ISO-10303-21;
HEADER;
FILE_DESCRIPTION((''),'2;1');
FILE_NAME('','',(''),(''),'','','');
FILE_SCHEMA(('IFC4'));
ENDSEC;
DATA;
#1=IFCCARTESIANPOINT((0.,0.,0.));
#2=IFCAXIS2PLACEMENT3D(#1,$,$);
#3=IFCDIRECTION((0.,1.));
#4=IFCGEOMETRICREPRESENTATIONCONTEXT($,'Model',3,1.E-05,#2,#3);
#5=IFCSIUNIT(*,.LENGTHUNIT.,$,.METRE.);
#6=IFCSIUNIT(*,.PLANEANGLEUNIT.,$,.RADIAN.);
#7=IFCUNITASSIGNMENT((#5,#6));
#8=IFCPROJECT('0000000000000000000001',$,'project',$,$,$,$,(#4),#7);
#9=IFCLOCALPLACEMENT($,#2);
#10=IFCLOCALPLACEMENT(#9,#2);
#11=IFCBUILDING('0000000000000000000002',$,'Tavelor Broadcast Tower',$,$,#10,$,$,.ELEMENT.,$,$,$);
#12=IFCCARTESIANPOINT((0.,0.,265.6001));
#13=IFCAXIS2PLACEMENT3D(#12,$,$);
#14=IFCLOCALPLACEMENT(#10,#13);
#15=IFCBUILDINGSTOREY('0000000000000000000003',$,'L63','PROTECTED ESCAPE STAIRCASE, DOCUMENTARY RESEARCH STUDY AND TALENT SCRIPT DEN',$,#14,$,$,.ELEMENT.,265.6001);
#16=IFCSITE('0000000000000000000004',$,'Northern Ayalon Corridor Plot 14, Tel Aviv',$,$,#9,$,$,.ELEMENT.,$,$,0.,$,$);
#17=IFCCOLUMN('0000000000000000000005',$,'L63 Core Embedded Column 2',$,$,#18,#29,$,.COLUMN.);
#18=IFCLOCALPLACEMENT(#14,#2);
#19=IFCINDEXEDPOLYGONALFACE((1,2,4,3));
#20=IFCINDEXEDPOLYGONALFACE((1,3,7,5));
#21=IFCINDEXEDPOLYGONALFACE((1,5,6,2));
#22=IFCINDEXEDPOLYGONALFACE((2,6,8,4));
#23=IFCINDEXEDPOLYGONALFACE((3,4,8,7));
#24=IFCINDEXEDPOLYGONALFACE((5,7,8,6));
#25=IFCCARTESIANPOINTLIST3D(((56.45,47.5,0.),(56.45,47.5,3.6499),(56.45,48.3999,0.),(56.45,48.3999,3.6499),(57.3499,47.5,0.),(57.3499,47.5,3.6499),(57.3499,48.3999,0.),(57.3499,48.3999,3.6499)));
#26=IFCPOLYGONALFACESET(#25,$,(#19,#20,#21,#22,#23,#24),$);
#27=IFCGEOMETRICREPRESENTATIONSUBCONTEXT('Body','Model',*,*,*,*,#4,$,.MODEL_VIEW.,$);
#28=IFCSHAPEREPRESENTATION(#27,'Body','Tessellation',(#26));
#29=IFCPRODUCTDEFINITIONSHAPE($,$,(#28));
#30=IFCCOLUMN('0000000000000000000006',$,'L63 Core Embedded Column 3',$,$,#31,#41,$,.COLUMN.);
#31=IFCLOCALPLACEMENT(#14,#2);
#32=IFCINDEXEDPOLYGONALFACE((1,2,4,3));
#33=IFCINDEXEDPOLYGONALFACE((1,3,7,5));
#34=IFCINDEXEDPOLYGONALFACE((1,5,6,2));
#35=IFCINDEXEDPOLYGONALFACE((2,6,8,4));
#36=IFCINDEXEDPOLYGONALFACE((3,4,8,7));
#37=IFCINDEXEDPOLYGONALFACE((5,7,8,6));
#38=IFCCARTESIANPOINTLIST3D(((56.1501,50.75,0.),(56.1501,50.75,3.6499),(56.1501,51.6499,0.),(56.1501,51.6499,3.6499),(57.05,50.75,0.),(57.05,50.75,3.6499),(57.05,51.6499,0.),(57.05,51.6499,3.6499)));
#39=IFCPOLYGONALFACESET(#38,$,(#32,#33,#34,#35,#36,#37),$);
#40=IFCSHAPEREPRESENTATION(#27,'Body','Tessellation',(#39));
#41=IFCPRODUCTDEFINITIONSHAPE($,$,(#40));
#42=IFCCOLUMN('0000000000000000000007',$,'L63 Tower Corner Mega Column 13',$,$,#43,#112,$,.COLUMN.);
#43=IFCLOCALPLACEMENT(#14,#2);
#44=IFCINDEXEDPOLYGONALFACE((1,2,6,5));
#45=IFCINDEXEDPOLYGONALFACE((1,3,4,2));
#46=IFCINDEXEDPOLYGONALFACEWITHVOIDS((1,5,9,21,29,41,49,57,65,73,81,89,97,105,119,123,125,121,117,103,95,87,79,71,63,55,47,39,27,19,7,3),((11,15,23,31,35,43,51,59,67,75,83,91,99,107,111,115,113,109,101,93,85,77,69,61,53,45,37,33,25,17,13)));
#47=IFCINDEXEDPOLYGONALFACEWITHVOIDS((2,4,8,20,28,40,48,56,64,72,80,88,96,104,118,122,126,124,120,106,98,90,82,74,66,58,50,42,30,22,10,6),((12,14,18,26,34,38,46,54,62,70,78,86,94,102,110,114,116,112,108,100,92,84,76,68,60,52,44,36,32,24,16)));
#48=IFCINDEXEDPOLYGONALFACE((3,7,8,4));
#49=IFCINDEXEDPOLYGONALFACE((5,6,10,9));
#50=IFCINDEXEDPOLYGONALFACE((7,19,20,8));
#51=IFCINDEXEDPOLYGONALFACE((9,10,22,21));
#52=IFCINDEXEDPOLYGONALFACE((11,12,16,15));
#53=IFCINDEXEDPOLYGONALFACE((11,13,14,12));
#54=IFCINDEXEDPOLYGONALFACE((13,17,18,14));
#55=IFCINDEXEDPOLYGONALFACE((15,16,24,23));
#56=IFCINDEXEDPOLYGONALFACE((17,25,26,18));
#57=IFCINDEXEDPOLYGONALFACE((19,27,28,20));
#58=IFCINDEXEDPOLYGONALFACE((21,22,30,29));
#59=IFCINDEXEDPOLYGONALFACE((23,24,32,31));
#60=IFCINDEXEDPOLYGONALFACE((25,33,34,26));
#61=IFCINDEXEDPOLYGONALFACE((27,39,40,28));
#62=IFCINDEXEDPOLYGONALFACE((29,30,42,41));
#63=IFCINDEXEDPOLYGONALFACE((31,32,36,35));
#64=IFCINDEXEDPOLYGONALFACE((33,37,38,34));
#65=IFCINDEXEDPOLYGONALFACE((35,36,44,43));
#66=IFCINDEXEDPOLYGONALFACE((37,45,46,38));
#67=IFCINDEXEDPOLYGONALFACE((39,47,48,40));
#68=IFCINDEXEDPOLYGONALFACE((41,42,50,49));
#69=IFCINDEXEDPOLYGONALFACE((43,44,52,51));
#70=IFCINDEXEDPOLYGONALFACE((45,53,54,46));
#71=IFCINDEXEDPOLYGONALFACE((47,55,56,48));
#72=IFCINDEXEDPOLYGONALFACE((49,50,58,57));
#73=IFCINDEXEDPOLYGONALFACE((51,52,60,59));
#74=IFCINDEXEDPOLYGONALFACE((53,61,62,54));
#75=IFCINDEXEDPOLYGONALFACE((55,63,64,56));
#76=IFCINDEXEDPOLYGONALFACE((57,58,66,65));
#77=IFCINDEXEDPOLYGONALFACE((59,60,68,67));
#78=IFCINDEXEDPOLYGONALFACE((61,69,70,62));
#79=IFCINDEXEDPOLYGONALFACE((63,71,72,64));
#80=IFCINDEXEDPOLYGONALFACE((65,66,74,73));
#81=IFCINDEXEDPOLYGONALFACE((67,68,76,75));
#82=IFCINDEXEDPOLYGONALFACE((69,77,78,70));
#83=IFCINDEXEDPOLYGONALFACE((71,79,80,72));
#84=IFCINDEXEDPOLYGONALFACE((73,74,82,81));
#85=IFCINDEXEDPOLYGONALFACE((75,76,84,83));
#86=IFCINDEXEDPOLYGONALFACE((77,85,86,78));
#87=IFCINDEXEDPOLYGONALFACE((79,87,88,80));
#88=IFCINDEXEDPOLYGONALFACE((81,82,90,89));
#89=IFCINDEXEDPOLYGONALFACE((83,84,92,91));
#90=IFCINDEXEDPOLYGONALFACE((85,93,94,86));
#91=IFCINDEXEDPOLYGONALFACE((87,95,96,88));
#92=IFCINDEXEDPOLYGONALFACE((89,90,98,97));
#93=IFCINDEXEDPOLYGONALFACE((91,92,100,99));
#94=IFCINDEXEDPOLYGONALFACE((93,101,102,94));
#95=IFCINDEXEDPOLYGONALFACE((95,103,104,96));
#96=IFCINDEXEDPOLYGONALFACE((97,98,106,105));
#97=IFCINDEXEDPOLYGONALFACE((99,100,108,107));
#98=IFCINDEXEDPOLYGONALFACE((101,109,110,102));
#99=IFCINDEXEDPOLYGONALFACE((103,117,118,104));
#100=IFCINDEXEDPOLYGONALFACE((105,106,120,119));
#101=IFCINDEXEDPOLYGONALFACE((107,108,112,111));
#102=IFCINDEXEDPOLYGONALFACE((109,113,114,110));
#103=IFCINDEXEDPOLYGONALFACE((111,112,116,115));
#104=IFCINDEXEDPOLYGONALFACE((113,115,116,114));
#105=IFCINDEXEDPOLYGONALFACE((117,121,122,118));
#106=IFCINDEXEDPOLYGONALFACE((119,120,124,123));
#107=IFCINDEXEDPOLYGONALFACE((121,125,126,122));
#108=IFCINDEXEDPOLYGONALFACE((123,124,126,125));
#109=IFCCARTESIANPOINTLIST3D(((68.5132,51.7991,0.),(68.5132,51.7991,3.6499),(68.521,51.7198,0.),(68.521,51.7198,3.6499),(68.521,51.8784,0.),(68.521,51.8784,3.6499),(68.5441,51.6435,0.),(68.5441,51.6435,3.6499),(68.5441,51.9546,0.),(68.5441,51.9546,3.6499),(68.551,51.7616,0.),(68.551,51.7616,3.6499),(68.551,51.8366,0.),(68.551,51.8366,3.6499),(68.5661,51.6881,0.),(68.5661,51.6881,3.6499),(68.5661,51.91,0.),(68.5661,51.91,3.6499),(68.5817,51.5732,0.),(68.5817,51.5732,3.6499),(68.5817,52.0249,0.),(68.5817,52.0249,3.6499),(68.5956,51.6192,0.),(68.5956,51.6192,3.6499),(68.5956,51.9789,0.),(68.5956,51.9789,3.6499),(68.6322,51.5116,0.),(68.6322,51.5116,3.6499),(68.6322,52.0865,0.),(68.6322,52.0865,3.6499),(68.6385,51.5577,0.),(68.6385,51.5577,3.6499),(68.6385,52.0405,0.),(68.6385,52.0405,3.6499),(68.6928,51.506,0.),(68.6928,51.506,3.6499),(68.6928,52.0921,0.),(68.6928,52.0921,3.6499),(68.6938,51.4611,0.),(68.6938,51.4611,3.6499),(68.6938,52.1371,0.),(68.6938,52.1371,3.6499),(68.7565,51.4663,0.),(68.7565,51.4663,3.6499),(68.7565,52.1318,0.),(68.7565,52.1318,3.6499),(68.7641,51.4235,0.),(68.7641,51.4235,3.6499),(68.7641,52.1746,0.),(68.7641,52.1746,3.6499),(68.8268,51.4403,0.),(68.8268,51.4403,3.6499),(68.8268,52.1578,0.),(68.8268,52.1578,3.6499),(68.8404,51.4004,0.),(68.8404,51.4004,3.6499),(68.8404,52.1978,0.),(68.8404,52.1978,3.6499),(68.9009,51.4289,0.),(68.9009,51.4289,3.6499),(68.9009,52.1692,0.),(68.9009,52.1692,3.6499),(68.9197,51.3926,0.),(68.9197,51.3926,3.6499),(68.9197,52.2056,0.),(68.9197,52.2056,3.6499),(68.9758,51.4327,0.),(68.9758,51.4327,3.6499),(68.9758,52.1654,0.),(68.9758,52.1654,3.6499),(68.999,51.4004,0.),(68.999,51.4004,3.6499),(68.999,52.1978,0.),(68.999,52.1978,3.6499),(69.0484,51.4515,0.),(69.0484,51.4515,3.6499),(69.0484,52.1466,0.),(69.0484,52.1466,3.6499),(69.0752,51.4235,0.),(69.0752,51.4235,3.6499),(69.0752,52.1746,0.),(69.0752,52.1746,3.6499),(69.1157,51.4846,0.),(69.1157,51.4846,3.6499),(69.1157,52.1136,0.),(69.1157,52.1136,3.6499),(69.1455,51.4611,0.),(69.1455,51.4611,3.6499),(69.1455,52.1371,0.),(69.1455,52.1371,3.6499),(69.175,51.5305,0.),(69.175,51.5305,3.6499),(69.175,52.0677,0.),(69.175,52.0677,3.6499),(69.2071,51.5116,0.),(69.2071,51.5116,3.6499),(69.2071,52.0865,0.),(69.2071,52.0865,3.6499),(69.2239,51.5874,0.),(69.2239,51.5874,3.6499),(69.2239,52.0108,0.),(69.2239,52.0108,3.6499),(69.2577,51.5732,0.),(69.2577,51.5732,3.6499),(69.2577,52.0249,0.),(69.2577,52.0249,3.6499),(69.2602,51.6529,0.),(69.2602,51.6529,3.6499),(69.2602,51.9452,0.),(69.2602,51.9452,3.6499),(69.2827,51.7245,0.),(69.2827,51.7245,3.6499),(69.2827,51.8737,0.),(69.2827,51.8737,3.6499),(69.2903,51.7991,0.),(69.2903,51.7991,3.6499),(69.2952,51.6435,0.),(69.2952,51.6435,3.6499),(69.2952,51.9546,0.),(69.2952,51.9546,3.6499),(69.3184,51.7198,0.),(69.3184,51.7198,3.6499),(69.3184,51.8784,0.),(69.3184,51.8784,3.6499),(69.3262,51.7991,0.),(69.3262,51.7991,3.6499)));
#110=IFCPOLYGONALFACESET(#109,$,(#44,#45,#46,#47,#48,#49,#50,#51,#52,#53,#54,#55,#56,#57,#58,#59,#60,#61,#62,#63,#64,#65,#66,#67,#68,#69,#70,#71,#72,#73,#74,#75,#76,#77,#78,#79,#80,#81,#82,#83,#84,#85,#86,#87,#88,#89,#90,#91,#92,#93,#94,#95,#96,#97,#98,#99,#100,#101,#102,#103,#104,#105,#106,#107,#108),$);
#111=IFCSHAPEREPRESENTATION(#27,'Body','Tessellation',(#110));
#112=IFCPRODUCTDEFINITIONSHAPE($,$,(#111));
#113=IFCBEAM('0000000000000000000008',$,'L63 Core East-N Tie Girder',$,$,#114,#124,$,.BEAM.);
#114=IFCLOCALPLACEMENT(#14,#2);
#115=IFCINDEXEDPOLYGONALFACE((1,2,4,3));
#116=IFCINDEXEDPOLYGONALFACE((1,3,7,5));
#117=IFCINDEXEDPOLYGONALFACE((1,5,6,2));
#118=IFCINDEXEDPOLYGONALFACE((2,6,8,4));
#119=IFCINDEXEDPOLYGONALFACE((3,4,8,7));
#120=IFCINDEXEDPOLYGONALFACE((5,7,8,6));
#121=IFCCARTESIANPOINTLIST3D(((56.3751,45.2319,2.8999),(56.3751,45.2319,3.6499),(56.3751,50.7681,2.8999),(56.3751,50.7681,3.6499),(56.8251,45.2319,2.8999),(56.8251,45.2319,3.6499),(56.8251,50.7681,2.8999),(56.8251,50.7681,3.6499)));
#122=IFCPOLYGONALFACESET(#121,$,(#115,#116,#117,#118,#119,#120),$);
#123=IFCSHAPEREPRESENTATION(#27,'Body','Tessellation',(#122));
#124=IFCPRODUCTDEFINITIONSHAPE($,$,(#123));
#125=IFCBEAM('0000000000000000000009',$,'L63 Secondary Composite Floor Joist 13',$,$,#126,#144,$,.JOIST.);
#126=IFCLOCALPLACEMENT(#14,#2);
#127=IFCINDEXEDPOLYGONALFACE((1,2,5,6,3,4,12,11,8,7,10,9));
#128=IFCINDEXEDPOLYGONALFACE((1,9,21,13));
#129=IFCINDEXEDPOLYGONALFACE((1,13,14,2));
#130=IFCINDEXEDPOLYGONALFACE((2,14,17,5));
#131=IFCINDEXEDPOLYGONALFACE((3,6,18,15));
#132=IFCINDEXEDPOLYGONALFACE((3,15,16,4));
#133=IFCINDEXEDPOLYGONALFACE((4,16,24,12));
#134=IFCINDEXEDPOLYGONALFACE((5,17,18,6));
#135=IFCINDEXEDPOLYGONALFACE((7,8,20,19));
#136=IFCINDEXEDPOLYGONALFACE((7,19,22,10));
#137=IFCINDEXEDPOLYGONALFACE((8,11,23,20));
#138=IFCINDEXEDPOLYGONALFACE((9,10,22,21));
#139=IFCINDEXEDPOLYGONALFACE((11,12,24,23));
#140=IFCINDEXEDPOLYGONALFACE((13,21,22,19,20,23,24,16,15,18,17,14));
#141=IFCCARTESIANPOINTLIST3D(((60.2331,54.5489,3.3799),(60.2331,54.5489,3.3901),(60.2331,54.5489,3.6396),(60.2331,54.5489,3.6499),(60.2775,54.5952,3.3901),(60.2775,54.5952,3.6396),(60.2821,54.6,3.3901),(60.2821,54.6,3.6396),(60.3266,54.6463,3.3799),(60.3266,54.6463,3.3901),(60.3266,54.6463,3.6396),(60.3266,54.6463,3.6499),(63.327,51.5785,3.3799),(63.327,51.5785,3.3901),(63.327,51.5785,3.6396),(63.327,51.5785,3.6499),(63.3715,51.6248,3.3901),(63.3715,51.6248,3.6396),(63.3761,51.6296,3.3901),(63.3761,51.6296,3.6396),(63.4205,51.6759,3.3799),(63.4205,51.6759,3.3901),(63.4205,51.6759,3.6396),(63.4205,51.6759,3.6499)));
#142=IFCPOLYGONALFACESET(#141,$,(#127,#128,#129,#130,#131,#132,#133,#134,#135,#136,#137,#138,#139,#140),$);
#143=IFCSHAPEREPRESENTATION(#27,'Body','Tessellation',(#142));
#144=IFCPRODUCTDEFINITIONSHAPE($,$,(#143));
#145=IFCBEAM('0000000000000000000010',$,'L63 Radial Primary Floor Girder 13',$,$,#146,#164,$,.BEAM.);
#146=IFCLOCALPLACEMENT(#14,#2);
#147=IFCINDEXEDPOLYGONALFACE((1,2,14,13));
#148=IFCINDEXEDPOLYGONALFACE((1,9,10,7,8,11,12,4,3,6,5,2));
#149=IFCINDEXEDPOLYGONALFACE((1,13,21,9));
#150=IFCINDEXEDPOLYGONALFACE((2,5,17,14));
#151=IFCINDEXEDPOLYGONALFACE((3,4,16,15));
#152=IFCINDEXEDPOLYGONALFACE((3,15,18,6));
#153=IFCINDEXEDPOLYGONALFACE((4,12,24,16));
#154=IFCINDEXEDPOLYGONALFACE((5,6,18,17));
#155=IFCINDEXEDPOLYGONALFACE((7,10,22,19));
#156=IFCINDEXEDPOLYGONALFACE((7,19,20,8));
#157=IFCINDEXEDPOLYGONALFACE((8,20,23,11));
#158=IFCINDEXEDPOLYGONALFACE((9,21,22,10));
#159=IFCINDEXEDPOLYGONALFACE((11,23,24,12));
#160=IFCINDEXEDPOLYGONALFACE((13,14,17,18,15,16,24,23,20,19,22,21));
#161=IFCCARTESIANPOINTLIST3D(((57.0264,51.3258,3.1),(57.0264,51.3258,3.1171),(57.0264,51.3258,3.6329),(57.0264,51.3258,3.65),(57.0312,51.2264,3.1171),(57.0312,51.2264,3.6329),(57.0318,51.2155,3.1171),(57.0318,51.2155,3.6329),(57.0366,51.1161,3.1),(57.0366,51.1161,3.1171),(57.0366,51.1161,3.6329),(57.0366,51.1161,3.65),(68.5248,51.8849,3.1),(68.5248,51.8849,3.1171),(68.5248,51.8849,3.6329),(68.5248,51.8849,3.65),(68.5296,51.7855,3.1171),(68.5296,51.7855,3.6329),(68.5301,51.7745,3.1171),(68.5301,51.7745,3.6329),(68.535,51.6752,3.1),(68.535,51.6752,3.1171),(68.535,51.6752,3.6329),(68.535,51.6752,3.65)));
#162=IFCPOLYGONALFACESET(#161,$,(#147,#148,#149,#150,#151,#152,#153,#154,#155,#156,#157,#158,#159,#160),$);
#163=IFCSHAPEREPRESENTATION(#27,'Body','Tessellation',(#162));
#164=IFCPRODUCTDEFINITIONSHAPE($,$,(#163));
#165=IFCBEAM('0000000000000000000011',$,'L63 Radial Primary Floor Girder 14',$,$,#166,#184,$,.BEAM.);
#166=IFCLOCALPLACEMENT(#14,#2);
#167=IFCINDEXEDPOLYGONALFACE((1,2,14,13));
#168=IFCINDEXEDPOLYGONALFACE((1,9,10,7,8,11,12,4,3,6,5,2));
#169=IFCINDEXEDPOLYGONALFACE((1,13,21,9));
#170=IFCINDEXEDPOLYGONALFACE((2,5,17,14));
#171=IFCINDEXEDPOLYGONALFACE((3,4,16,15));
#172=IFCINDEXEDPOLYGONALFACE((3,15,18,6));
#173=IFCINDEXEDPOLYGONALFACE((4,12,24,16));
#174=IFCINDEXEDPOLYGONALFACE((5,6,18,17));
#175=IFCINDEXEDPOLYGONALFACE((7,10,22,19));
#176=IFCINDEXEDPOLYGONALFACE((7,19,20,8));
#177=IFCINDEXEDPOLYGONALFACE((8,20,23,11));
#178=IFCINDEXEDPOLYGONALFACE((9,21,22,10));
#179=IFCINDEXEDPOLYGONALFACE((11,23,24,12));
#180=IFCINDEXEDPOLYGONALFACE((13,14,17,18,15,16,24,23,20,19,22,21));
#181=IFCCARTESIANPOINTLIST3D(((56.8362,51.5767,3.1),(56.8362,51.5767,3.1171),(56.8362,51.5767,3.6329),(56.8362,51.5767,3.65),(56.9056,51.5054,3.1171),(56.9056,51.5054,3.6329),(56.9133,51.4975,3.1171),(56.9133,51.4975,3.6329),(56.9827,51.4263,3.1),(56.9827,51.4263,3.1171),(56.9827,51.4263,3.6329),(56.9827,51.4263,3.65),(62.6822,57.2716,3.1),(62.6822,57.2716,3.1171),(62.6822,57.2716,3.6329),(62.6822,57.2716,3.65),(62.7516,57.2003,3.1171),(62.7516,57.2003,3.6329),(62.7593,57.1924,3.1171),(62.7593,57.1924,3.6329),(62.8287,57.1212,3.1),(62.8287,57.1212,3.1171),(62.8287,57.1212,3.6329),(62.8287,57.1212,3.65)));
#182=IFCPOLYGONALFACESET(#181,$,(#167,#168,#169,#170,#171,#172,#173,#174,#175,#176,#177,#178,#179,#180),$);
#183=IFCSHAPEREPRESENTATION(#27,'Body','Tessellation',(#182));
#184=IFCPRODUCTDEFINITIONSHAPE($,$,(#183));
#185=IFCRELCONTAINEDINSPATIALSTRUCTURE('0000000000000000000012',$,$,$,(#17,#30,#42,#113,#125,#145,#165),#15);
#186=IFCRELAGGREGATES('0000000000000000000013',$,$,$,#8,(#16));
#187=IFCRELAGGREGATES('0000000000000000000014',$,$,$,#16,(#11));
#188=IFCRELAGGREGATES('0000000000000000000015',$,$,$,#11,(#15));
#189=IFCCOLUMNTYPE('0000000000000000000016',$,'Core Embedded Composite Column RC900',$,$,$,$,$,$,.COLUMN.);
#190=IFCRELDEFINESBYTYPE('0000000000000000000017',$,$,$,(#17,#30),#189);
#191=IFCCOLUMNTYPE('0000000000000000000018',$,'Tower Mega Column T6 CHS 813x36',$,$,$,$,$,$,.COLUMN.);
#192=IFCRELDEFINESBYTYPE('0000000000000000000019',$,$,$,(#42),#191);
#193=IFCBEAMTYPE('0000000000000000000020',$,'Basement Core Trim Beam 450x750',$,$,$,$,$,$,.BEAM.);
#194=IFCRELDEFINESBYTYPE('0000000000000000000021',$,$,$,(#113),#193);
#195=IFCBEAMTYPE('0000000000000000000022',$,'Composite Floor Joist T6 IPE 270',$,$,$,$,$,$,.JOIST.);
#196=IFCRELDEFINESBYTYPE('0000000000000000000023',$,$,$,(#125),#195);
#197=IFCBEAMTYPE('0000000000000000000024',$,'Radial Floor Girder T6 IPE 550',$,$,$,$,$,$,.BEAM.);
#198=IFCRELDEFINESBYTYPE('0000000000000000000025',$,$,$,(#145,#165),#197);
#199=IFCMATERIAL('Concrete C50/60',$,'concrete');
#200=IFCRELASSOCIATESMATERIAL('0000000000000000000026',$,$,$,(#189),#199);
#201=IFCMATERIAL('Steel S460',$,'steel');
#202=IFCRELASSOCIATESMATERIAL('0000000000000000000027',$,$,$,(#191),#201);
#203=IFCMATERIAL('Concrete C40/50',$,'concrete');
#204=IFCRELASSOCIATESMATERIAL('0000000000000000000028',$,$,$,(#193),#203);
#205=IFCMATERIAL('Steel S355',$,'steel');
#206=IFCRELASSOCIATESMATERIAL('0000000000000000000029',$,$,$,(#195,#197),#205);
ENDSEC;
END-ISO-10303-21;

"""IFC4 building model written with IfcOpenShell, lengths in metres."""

from ifc_helpers import new_model, si_unit, direction, frame, origin, origin_2d, place, context, subcontext, project, spatial, rectangle, hollow_circle, i_section, extrude, material, material_profile, profile_set, type_object, element, save


model = new_model("IFC4")

# Units and contexts
model_context = context("Model", 3, precision=1e-05, world=origin(), true_north=direction((0.0, 1.0)))
body_context = subcontext(model_context, "Body", "Model", "MODEL_VIEW")
ifc_project = project(units=[si_unit("LENGTHUNIT", "METRE"), si_unit("PLANEANGLEUNIT", "RADIAN")], contexts=[model_context])

# Site, building, storey
site_placement = place(None, origin())
site = spatial("IfcSite", under=ifc_project, at=site_placement, Name="Northern Ayalon Corridor Plot 14, Tel Aviv", CompositionType="ELEMENT", RefElevation=0.0)
building_placement = place(site_placement, origin())
building = spatial("IfcBuilding", under=site, at=building_placement, Name="Tavelor Broadcast Tower", CompositionType="ELEMENT")
storey_placement = place(building_placement, frame((0.0, 0.0, 265.6001)))
storey = spatial("IfcBuildingStorey", under=building, at=storey_placement, Name="L63", Description="PROTECTED ESCAPE STAIRCASE, DOCUMENTARY RESEARCH STUDY AND TALENT SCRIPT DEN", CompositionType="ELEMENT", Elevation=265.6001)

# Columns
ifc_material_1 = material(Name="Concrete C50/60", Category="concrete")
ifc_material_profile_1 = material_profile(ifc_material_1, rectangle(XDim=0.8999, YDim=0.8999, at=origin_2d()), Name="RC 900x900")
ifc_profile_set_1 = profile_set([ifc_material_profile_1], Name="Concrete C50/60")
column_type_1 = type_object("IfcColumnType", Name="Core Embedded Composite Column RC900", PredefinedType="COLUMN", material=ifc_profile_set_1)
for number, where, z_axis, x_axis, name in (
    (1, (56.8999, 47.95, 0.0), (0.0, 0.0, 1.0), (1.0, 0.0, 0.0), "L63 Core Embedded Column 2"),
    (2, (56.6001, 51.2, 0.0), (0.0, 0.0, 1.0), (1.0, 0.0, 0.0), "L63 Core Embedded Column 3"),
):
    element("IfcColumn", number, at=place(storey_placement, frame(where, z_axis=z_axis, x_axis=x_axis)), inside=storey, type_object=column_type_1, Name=name, PredefinedType="COLUMN", context=body_context, shape_type="SweptSolid", body=[
        extrude(rectangle(XDim=0.8999, YDim=0.8999, at=origin_2d()), origin(), (0.0, 0.0, 1.0), 3.6499),
    ])
ifc_material_2 = material(Name="Steel S460", Category="steel")
ifc_material_profile_2 = material_profile(ifc_material_2, hollow_circle(Radius=0.4065, WallThickness=0.0359, at=origin_2d()), Name="CHS 813x36")
ifc_profile_set_2 = profile_set([ifc_material_profile_2], Name="Steel S460")
column_type_2 = type_object("IfcColumnType", Name="Tower Mega Column T6 CHS 813x36", PredefinedType="COLUMN", material=ifc_profile_set_2)
column_placement = place(storey_placement, frame((68.9197, 51.7991, 0.0), z_axis=(0.0, 0.0, 1.0), x_axis=(1.0, 0.0, 0.0)))
element("IfcColumn", 3, at=column_placement, inside=storey, type_object=column_type_2, Name="L63 Tower Corner Mega Column 13", PredefinedType="COLUMN", context=body_context, shape_type="SweptSolid", body=[
    extrude(hollow_circle(Radius=0.4065, WallThickness=0.0359, at=origin_2d()), origin(), (0.0, 0.0, 1.0), 3.6499),
])

# Beams
ifc_material_3 = material(Name="Concrete C40/50", Category="concrete")
ifc_material_profile_3 = material_profile(ifc_material_3, rectangle(XDim=0.45, YDim=0.75, at=origin_2d()), Name="RC 450x750")
ifc_profile_set_3 = profile_set([ifc_material_profile_3], Name="Concrete C40/50")
beam_type_1 = type_object("IfcBeamType", Name="Basement Core Trim Beam 450x750", PredefinedType="BEAM", material=ifc_profile_set_3)
beam_1_placement = place(storey_placement, frame((56.6001, 45.2319, 3.2749), z_axis=(0.0, 1.0, 0.0), x_axis=(-1.0, 0.0, 0.0)))
element("IfcBeam", 4, at=beam_1_placement, inside=storey, type_object=beam_type_1, Name="L63 Core East-N Tie Girder", PredefinedType="BEAM", context=body_context, shape_type="SweptSolid", body=[
    extrude(rectangle(XDim=0.45, YDim=0.75, at=origin_2d()), origin(), (0.0, 0.0, 1.0), 5.5361),
])
ifc_material_4 = material(Name="Steel S355", Category="steel")
ifc_material_profile_4 = material_profile(ifc_material_4, i_section(OverallWidth=0.135, OverallDepth=0.27, WebThickness=0.0066, FlangeThickness=0.0103, at=origin_2d()), Name="IPE 270")
ifc_profile_set_4 = profile_set([ifc_material_profile_4], Name="Steel S355")
beam_type_2 = type_object("IfcBeamType", Name="Composite Floor Joist T6 IPE 270", PredefinedType="JOIST", material=ifc_profile_set_4)
beam_2_placement = place(storey_placement, frame((63.3738, 51.6272, 3.5149), z_axis=(-0.721361, 0.692559, 0.0), x_axis=(-0.692559, -0.721361, 0.0)))
element("IfcBeam", 5, at=beam_2_placement, inside=storey, type_object=beam_type_2, Name="L63 Secondary Composite Floor Joist 13", PredefinedType="JOIST", context=body_context, shape_type="SweptSolid", body=[
    extrude(i_section(OverallWidth=0.135, OverallDepth=0.27, WebThickness=0.0066, FlangeThickness=0.0103, at=origin_2d()), origin(), (0.0, 0.0, 1.0), 4.2891),
])
ifc_material_profile_5 = material_profile(ifc_material_4, i_section(OverallWidth=0.21, OverallDepth=0.55, WebThickness=0.011, FlangeThickness=0.0171, at=origin_2d()), Name="IPE 550")
ifc_profile_set_5 = profile_set([ifc_material_profile_5], Name="Steel S355")
beam_type_3 = type_object("IfcBeamType", Name="Radial Floor Girder T6 IPE 550", PredefinedType="BEAM", material=ifc_profile_set_5)
beam_3_placement = place(storey_placement, frame((57.0315, 51.2209, 3.375), z_axis=(0.99882, 0.048566, 0.0), x_axis=(-0.048566, 0.99882, 0.0)))
element("IfcBeam", 6, at=beam_3_placement, inside=storey, type_object=beam_type_3, Name="L63 Radial Primary Floor Girder 13", PredefinedType="BEAM", context=body_context, shape_type="SweptSolid", body=[
    extrude(i_section(OverallWidth=0.21, OverallDepth=0.55, WebThickness=0.011, FlangeThickness=0.0171, at=origin_2d()), origin(), (0.0, 0.0, 1.0), 11.512),
])
beam_4_placement = place(storey_placement, frame((56.9094, 51.5015, 3.375), z_axis=(0.716305, 0.697788, 0.0), x_axis=(-0.697788, 0.716305, 0.0)))
element("IfcBeam", 7, at=beam_4_placement, inside=storey, type_object=beam_type_3, Name="L63 Radial Primary Floor Girder 14", PredefinedType="BEAM", context=body_context, shape_type="SweptSolid", body=[
    extrude(i_section(OverallWidth=0.21, OverallDepth=0.55, WebThickness=0.011, FlangeThickness=0.0171, at=origin_2d()), origin(), (0.0, 0.0, 1.0), 8.1614),
])

save(model, "model.ifc")
